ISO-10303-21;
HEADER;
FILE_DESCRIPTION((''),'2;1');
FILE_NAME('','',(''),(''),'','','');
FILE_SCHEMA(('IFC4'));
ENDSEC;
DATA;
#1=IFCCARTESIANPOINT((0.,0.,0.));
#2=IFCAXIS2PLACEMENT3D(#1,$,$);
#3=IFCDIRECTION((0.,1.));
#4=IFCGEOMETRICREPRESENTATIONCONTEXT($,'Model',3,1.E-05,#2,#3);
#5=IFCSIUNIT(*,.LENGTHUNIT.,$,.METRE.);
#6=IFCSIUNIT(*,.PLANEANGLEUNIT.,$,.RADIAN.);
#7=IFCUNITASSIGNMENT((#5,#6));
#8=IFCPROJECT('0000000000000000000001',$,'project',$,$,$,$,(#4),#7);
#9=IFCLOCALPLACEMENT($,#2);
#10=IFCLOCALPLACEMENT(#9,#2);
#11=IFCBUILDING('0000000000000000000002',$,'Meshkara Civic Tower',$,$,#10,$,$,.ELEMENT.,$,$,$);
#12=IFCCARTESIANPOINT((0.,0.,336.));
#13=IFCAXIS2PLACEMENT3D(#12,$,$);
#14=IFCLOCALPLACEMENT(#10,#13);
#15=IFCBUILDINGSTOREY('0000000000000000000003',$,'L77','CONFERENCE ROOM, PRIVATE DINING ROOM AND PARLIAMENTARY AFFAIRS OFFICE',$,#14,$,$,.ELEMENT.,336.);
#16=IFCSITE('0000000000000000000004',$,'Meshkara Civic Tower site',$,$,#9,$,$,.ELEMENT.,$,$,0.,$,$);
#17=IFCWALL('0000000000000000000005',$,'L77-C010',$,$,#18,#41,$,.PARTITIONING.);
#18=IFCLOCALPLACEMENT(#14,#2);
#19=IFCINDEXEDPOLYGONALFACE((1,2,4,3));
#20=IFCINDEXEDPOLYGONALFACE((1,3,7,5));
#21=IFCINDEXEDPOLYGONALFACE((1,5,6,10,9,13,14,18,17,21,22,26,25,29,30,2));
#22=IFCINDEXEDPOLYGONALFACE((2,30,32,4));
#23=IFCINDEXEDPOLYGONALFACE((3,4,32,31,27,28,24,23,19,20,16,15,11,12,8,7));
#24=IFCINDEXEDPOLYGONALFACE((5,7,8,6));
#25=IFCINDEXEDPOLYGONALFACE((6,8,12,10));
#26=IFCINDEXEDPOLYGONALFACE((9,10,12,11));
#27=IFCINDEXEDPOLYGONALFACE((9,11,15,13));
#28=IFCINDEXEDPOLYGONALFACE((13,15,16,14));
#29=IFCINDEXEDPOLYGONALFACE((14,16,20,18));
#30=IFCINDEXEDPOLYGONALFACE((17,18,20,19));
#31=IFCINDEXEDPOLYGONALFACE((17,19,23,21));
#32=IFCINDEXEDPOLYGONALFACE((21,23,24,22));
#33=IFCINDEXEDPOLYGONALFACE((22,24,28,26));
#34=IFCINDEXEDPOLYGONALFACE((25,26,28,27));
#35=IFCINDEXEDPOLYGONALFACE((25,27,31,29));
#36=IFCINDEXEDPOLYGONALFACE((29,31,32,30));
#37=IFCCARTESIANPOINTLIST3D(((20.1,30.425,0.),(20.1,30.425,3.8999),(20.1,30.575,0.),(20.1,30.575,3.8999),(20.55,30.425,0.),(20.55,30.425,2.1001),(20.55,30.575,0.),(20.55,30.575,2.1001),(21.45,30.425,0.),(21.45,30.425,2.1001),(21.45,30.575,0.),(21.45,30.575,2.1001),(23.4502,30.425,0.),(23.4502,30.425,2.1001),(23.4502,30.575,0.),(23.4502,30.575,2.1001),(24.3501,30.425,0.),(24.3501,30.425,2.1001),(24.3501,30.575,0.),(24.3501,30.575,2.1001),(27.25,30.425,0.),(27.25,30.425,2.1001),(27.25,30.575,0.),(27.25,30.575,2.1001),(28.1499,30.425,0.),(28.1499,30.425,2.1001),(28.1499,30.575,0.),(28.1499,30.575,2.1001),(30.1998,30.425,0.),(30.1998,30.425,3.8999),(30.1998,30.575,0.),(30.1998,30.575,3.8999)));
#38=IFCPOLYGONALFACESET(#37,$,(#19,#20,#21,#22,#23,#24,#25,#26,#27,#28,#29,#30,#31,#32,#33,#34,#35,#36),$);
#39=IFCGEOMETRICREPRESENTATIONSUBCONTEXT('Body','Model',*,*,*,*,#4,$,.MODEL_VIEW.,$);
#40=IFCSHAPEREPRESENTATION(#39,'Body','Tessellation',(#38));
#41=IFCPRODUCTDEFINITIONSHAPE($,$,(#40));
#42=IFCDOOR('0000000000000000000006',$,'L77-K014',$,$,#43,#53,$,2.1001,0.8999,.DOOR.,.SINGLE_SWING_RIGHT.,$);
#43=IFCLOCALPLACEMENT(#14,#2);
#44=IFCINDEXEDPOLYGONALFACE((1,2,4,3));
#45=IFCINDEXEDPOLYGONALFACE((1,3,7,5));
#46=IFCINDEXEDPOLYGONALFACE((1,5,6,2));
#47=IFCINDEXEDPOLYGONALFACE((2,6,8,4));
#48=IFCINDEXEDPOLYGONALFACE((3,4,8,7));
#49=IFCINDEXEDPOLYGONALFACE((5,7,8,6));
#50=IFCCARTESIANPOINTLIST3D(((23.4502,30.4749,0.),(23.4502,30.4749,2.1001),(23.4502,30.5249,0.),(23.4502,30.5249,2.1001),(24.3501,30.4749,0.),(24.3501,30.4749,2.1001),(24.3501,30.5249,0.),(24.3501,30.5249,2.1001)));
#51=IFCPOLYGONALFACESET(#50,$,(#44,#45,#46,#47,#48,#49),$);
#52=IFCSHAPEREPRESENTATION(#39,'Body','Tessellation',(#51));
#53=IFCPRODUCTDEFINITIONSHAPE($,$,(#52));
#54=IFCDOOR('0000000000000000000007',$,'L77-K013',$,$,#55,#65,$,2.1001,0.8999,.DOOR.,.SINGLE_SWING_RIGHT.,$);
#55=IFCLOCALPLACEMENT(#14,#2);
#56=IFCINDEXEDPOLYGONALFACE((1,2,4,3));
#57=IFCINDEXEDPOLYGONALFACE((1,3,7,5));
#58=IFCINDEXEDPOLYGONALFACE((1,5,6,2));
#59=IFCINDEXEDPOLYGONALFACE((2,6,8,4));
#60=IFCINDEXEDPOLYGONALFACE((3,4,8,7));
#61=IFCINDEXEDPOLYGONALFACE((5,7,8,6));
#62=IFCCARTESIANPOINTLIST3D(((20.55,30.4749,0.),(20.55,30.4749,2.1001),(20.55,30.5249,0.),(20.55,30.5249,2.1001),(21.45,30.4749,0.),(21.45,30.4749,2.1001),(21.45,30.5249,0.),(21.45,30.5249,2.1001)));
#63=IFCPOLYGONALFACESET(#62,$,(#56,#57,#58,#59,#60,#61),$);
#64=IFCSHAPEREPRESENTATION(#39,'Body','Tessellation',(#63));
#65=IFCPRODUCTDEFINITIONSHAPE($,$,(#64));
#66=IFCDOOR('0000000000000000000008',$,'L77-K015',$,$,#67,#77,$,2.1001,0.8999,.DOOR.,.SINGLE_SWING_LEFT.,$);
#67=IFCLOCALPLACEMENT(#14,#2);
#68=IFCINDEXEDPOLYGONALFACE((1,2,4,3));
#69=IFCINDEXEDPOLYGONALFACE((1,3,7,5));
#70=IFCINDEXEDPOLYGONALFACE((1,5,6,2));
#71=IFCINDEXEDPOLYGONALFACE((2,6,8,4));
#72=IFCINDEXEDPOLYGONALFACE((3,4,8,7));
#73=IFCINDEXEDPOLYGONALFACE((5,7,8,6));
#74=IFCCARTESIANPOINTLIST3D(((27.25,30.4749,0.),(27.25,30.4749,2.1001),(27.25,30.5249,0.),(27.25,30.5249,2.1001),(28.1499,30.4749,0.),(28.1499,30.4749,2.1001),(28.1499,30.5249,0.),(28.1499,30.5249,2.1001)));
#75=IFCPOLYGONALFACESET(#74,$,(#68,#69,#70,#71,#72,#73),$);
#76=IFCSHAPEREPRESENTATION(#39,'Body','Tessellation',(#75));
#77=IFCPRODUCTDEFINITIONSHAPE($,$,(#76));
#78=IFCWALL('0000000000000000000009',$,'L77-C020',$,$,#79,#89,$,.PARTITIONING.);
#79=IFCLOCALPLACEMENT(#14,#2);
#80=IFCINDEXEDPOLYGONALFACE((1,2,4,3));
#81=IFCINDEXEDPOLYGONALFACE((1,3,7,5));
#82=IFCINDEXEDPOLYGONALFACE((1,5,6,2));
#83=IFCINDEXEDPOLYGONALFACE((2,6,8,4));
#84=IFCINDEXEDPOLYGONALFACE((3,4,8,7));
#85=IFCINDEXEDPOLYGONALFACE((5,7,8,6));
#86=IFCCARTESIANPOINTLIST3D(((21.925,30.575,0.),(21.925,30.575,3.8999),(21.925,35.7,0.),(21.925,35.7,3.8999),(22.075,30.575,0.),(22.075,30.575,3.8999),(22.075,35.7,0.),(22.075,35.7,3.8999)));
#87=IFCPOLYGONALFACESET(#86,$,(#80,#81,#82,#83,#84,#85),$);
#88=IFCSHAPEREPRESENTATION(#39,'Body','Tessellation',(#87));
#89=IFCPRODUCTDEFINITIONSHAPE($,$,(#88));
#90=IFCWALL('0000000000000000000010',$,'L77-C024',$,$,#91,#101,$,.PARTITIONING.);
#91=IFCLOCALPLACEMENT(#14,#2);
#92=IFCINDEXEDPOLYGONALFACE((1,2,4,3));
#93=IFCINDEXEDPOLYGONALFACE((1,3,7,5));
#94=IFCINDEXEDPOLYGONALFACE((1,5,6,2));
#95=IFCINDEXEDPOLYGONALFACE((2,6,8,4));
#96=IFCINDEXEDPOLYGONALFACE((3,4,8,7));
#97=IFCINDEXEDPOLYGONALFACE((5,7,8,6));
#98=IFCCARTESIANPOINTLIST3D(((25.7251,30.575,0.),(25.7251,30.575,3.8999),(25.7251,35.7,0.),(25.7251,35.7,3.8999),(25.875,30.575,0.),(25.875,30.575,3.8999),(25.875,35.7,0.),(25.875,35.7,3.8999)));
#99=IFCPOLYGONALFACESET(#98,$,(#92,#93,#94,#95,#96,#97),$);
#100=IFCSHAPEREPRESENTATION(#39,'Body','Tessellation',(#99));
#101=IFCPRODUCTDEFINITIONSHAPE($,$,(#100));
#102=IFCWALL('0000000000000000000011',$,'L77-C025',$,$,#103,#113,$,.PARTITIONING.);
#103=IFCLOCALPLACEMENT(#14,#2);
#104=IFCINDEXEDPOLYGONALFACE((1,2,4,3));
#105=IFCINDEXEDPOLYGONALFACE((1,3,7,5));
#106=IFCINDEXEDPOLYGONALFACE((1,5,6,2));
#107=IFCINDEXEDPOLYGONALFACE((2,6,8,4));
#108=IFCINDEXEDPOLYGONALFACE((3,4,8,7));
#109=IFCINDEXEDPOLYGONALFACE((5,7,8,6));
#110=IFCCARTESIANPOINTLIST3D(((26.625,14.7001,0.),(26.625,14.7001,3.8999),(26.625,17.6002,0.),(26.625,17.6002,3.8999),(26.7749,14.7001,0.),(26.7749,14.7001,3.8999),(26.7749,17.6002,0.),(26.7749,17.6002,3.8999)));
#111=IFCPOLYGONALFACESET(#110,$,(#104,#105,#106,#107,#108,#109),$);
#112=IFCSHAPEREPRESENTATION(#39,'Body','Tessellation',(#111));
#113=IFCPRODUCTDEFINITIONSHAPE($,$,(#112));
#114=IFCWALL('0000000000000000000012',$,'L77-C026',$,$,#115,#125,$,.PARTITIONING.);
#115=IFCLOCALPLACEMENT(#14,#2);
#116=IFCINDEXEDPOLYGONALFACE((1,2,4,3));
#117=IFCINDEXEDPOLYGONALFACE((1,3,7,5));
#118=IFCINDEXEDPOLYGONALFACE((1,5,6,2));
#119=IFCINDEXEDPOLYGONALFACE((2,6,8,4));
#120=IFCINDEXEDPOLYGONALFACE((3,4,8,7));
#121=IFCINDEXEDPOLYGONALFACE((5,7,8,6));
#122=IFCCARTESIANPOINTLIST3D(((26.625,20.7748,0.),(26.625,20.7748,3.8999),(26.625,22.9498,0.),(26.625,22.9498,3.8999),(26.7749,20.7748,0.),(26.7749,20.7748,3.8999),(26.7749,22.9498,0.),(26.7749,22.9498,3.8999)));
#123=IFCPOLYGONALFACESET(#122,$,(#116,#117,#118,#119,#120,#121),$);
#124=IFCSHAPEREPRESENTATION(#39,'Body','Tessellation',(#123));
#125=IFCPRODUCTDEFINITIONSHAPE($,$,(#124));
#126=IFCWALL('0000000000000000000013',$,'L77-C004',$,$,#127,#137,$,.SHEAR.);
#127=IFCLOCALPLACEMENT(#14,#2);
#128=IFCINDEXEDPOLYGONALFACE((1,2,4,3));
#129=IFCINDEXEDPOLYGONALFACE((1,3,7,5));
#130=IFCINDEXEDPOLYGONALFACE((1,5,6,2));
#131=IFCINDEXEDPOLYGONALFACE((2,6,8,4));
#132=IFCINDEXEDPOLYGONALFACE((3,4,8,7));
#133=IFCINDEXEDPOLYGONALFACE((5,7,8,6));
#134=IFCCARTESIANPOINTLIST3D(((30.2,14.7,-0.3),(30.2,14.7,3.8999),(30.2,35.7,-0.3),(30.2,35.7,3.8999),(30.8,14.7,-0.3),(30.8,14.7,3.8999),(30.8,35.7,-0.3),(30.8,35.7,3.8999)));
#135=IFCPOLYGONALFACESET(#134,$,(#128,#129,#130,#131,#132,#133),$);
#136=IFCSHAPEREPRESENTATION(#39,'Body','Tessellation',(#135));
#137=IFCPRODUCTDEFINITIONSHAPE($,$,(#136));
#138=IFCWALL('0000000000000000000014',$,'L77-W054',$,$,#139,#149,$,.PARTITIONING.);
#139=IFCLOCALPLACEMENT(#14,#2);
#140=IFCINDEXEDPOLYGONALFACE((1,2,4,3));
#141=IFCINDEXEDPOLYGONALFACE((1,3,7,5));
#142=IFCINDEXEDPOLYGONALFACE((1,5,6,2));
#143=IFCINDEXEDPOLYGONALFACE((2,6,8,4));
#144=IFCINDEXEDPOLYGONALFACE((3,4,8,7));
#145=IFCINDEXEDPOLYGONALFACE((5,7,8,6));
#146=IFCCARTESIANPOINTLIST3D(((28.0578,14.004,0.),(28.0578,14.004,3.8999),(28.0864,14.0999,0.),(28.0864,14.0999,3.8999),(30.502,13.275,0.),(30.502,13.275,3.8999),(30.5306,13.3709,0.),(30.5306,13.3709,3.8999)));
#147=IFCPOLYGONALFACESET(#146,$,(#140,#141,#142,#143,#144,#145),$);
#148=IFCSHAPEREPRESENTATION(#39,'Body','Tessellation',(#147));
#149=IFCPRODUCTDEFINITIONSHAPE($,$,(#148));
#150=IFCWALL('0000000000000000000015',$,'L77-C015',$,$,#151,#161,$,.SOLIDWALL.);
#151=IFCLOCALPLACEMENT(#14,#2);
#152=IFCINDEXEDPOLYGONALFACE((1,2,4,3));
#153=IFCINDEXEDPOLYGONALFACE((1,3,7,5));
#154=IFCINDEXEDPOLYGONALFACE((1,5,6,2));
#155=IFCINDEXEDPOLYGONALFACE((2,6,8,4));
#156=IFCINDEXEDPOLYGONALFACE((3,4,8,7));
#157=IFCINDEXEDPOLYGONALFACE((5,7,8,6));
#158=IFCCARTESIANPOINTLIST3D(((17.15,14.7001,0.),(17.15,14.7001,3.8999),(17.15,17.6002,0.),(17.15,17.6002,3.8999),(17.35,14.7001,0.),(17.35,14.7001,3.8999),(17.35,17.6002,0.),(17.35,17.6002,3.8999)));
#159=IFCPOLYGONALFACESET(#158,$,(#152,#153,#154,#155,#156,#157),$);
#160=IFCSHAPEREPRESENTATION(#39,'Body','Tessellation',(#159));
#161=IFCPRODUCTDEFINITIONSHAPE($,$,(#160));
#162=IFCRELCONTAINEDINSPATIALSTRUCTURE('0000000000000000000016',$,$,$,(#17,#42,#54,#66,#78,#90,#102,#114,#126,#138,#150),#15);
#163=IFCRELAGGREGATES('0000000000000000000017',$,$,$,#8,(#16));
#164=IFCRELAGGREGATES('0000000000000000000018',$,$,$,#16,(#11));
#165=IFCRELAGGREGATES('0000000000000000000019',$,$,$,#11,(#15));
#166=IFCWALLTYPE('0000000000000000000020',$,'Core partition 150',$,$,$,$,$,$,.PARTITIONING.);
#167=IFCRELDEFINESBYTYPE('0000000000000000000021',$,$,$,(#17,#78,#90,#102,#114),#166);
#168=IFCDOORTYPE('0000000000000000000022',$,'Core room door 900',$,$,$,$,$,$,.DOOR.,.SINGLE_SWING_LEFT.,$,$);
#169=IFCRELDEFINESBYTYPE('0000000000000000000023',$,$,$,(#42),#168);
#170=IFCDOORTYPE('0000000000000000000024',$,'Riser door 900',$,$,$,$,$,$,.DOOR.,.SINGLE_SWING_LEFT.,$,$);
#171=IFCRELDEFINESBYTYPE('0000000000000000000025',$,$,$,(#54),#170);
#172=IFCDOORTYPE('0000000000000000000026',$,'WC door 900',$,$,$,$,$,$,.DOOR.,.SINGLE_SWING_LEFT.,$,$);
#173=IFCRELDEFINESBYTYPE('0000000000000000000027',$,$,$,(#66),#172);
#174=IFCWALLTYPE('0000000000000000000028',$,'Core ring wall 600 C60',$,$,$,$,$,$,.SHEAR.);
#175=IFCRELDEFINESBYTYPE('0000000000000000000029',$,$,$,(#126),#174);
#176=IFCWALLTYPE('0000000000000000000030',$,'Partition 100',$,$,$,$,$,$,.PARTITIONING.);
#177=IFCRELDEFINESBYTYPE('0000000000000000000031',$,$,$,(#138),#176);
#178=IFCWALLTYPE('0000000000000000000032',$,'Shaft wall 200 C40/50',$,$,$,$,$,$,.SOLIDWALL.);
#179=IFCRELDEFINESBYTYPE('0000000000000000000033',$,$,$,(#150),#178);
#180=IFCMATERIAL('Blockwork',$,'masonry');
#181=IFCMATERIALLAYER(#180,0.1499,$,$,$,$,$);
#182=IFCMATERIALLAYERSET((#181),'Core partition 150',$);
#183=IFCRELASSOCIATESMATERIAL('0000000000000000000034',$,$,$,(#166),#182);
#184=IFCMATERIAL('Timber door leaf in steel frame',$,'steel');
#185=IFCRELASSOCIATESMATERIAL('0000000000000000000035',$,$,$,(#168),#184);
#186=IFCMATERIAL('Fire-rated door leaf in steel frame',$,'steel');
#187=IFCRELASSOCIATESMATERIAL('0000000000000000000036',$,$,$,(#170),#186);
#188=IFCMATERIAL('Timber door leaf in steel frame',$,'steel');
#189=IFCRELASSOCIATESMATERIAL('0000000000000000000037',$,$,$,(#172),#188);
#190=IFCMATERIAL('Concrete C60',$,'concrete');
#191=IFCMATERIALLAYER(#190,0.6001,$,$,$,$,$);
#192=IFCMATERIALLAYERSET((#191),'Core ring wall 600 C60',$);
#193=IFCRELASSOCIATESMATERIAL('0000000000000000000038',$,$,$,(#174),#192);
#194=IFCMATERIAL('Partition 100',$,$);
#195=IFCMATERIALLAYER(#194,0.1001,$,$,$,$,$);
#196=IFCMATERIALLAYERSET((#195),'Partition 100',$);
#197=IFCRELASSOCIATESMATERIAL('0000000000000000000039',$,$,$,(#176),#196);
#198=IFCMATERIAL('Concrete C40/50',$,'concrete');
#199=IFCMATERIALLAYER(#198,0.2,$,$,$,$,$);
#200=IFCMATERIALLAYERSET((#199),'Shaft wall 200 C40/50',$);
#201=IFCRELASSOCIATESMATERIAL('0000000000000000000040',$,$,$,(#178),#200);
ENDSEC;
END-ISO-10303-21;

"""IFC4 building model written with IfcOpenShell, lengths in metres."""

from ifc_helpers import new_model, si_unit, direction, frame, frame_2d, origin, place, context, subcontext, project, spatial, rectangle, extrude, material, layer, layer_set, type_object, element, fill, save


model = new_model("IFC4")

# Units and contexts
model_context = context("Model", 3, precision=1e-05, world=origin(), true_north=direction((0.0, 1.0)))
body_context = subcontext(model_context, "Body", "Model", "MODEL_VIEW")
ifc_project = project(units=[si_unit("LENGTHUNIT", "METRE"), si_unit("PLANEANGLEUNIT", "RADIAN")], contexts=[model_context])

# Site, building, storey
site_placement = place(None, origin())
site = spatial("IfcSite", under=ifc_project, at=site_placement, Name="Meshkara Civic Tower site", CompositionType="ELEMENT", RefElevation=0.0)
building_placement = place(site_placement, origin())
building = spatial("IfcBuilding", under=site, at=building_placement, Name="Meshkara Civic Tower", CompositionType="ELEMENT")
storey_placement = place(building_placement, frame((0.0, 0.0, 336.0)))
storey = spatial("IfcBuildingStorey", under=building, at=storey_placement, Name="L77", Description="CONFERENCE ROOM, PRIVATE DINING ROOM AND PARLIAMENTARY AFFAIRS OFFICE", CompositionType="ELEMENT", Elevation=336.0)

# Wall, openings, doors
ifc_material_1 = material(Name="Blockwork", Category="masonry")
ifc_layer_1 = layer(ifc_material_1, 0.1499)
ifc_layer_set_1 = layer_set([ifc_layer_1], Name="Core partition 150")
wall_type_1 = type_object("IfcWallType", Name="Core partition 150", PredefinedType="PARTITIONING", material=ifc_layer_set_1)
wall_1_placement = place(storey_placement, frame((20.1001, 30.5, 0.0), z_axis=(0.0, 0.0, 1.0), x_axis=(1.0, 0.0, 0.0)))
wall_1 = element("IfcWall", 1, at=wall_1_placement, inside=storey, type_object=wall_type_1, Name="L77-C010", PredefinedType="PARTITIONING", context=body_context, shape_type="SweptSolid", body=[
    extrude(rectangle(XDim=10.0999, YDim=0.1499, at=frame_2d((5.0498, 0.0))), origin(), (0.0, 0.0, 1.0), 3.8999),
])
opening_1_placement = place(wall_1_placement, frame((0.45, 0.0, 0.0)))
opening_1 = element("IfcOpeningElement", 2, at=opening_1_placement, cuts=wall_1, PredefinedType="OPENING", context=body_context, shape_type="SweptSolid", body=[
    extrude(rectangle(XDim=0.8999, YDim=2.1001, at=frame_2d((0.45, 1.05))), frame((0.0, 0.085, 0.0), z_axis=(0.0, -1.0, 0.0), x_axis=(1.0, 0.0, 0.0)), (0.0, 0.0, 1.0), 0.1699),
])
opening_2_placement = place(wall_1_placement, frame((3.3501, 0.0, 0.0)))
opening_2 = element("IfcOpeningElement", 3, at=opening_2_placement, cuts=wall_1, PredefinedType="OPENING", context=body_context, shape_type="SweptSolid", body=[
    extrude(rectangle(XDim=0.8999, YDim=2.1001, at=frame_2d((0.45, 1.05))), frame((0.0, 0.085, 0.0), z_axis=(0.0, -1.0, 0.0), x_axis=(1.0, 0.0, 0.0)), (0.0, 0.0, 1.0), 0.1699),
])
opening_3_placement = place(wall_1_placement, frame((7.1499, 0.0, 0.0)))
opening_3 = element("IfcOpeningElement", 4, at=opening_3_placement, cuts=wall_1, PredefinedType="OPENING", context=body_context, shape_type="SweptSolid", body=[
    extrude(rectangle(XDim=0.8999, YDim=2.1001, at=frame_2d((0.45, 1.05))), frame((0.0, 0.085, 0.0), z_axis=(0.0, -1.0, 0.0), x_axis=(1.0, 0.0, 0.0)), (0.0, 0.0, 1.0), 0.1699),
])
ifc_material_2 = material(Name="Timber door leaf in steel frame", Category="steel")
door_type_1 = type_object("IfcDoorType", Name="Core room door 900", OperationType="SINGLE_SWING_LEFT", PredefinedType="DOOR", material=ifc_material_2)
door_1_placement = place(opening_2_placement, origin())
door_1 = element("IfcDoor", 5, at=door_1_placement, inside=storey, type_object=door_type_1, Name="L77-K014", OperationType="SINGLE_SWING_RIGHT", OverallHeight=2.1001, OverallWidth=0.8999, PredefinedType="DOOR", context=body_context, shape_type="SweptSolid", body=[
    extrude(rectangle(XDim=0.8999, YDim=2.1001, at=frame_2d((0.45, 1.05))), frame((0.0, 0.0249, 0.0), z_axis=(0.0, -1.0, 0.0), x_axis=(1.0, 0.0, 0.0)), (0.0, 0.0, 1.0), 0.05),
])
fill(opening_2, door_1)
ifc_material_3 = material(Name="Fire-rated door leaf in steel frame", Category="steel")
door_type_2 = type_object("IfcDoorType", Name="Riser door 900", OperationType="SINGLE_SWING_LEFT", PredefinedType="DOOR", material=ifc_material_3)
door_2_placement = place(opening_1_placement, origin())
door_2 = element("IfcDoor", 6, at=door_2_placement, inside=storey, type_object=door_type_2, Name="L77-K013", OperationType="SINGLE_SWING_RIGHT", OverallHeight=2.1001, OverallWidth=0.8999, PredefinedType="DOOR", context=body_context, shape_type="SweptSolid", body=[
    extrude(rectangle(XDim=0.8999, YDim=2.1001, at=frame_2d((0.45, 1.05))), frame((0.0, 0.0249, 0.0), z_axis=(0.0, -1.0, 0.0), x_axis=(1.0, 0.0, 0.0)), (0.0, 0.0, 1.0), 0.05),
])
fill(opening_1, door_2)
ifc_material_4 = material(Name="Timber door leaf in steel frame", Category="steel")
door_type_3 = type_object("IfcDoorType", Name="WC door 900", OperationType="SINGLE_SWING_LEFT", PredefinedType="DOOR", material=ifc_material_4)
door_3_placement = place(opening_3_placement, origin())
door_3 = element("IfcDoor", 7, at=door_3_placement, inside=storey, type_object=door_type_3, Name="L77-K015", OperationType="SINGLE_SWING_LEFT", OverallHeight=2.1001, OverallWidth=0.8999, PredefinedType="DOOR", context=body_context, shape_type="SweptSolid", body=[
    extrude(rectangle(XDim=0.8999, YDim=2.1001, at=frame_2d((0.45, 1.05))), frame((0.0, 0.0249, 0.0), z_axis=(0.0, -1.0, 0.0), x_axis=(1.0, 0.0, 0.0)), (0.0, 0.0, 1.0), 0.05),
])
fill(opening_3, door_3)

# Walls
for number, where, z_axis, x_axis, name in (
    (8, (22.0, 30.575, 0.0), (0.0, 0.0, 1.0), (0.0, 1.0, 0.0), "L77-C020"),
    (9, (25.8, 30.575, 0.0), (0.0, 0.0, 1.0), (0.0, 1.0, 0.0), "L77-C024"),
):
    element("IfcWall", number, at=place(storey_placement, frame(where, z_axis=z_axis, x_axis=x_axis)), inside=storey, type_object=wall_type_1, Name=name, PredefinedType="PARTITIONING", context=body_context, shape_type="SweptSolid", body=[
        extrude(rectangle(XDim=5.125, YDim=0.1499, at=frame_2d((2.5625, 0.0))), origin(), (0.0, 0.0, 1.0), 3.8999),
    ])
wall_2_placement = place(storey_placement, frame((26.7, 14.7, 0.0), z_axis=(0.0, 0.0, 1.0), x_axis=(0.0, 1.0, 0.0)))
element("IfcWall", 10, at=wall_2_placement, inside=storey, type_object=wall_type_1, Name="L77-C025", PredefinedType="PARTITIONING", context=body_context, shape_type="SweptSolid", body=[
    extrude(rectangle(XDim=2.9001, YDim=0.1499, at=frame_2d((1.4502, 0.0))), origin(), (0.0, 0.0, 1.0), 3.8999),
])
wall_3_placement = place(storey_placement, frame((26.7, 20.7749, 0.0), z_axis=(0.0, 0.0, 1.0), x_axis=(0.0, 1.0, 0.0)))
element("IfcWall", 11, at=wall_3_placement, inside=storey, type_object=wall_type_1, Name="L77-C026", PredefinedType="PARTITIONING", context=body_context, shape_type="SweptSolid", body=[
    extrude(rectangle(XDim=2.175, YDim=0.1499, at=frame_2d((1.0874, 0.0))), origin(), (0.0, 0.0, 1.0), 3.8999),
])
ifc_material_5 = material(Name="Concrete C60", Category="concrete")
ifc_layer_2 = layer(ifc_material_5, 0.6001)
ifc_layer_set_2 = layer_set([ifc_layer_2], Name="Core ring wall 600 C60")
wall_type_2 = type_object("IfcWallType", Name="Core ring wall 600 C60", PredefinedType="SHEAR", material=ifc_layer_set_2)
wall_4_placement = place(storey_placement, frame((30.5, 14.7, -0.3), z_axis=(0.0, 0.0, 1.0), x_axis=(0.0, 1.0, 0.0)))
element("IfcWall", 12, at=wall_4_placement, inside=storey, type_object=wall_type_2, Name="L77-C004", PredefinedType="SHEAR", context=body_context, shape_type="SweptSolid", body=[
    extrude(rectangle(XDim=21.0, YDim=0.6001, at=frame_2d((10.5, 0.0))), origin(), (0.0, 0.0, 1.0), 4.2),
])
ifc_material_6 = material(Name="Partition 100")
ifc_layer_3 = layer(ifc_material_6, 0.1001)
ifc_layer_set_3 = layer_set([ifc_layer_3], Name="Partition 100")
wall_type_3 = type_object("IfcWallType", Name="Partition 100", PredefinedType="PARTITIONING", material=ifc_layer_set_3)
wall_5_placement = place(storey_placement, frame((28.072, 14.052, 0.0), z_axis=(0.0, 0.0, 1.0), x_axis=(0.958281, -0.285828, 0.0)))
element("IfcWall", 13, at=wall_5_placement, inside=storey, type_object=wall_type_3, Name="L77-W054", PredefinedType="PARTITIONING", context=body_context, shape_type="SweptSolid", body=[
    extrude(rectangle(XDim=2.5505, YDim=0.1001, at=frame_2d((1.2754, 0.0))), origin(), (0.0, 0.0, 1.0), 3.8999),
])
ifc_material_7 = material(Name="Concrete C40/50", Category="concrete")
ifc_layer_4 = layer(ifc_material_7, 0.2)
ifc_layer_set_4 = layer_set([ifc_layer_4], Name="Shaft wall 200 C40/50")
wall_type_4 = type_object("IfcWallType", Name="Shaft wall 200 C40/50", PredefinedType="SOLIDWALL", material=ifc_layer_set_4)
wall_6_placement = place(storey_placement, frame((17.25, 14.7, 0.0), z_axis=(0.0, 0.0, 1.0), x_axis=(0.0, 1.0, 0.0)))
element("IfcWall", 14, at=wall_6_placement, inside=storey, type_object=wall_type_4, Name="L77-C015", PredefinedType="SOLIDWALL", context=body_context, shape_type="SweptSolid", body=[
    extrude(rectangle(XDim=2.9001, YDim=0.2, at=frame_2d((1.4502, 0.0))), origin(), (0.0, 0.0, 1.0), 3.8999),
])

save(model, "model.ifc")
